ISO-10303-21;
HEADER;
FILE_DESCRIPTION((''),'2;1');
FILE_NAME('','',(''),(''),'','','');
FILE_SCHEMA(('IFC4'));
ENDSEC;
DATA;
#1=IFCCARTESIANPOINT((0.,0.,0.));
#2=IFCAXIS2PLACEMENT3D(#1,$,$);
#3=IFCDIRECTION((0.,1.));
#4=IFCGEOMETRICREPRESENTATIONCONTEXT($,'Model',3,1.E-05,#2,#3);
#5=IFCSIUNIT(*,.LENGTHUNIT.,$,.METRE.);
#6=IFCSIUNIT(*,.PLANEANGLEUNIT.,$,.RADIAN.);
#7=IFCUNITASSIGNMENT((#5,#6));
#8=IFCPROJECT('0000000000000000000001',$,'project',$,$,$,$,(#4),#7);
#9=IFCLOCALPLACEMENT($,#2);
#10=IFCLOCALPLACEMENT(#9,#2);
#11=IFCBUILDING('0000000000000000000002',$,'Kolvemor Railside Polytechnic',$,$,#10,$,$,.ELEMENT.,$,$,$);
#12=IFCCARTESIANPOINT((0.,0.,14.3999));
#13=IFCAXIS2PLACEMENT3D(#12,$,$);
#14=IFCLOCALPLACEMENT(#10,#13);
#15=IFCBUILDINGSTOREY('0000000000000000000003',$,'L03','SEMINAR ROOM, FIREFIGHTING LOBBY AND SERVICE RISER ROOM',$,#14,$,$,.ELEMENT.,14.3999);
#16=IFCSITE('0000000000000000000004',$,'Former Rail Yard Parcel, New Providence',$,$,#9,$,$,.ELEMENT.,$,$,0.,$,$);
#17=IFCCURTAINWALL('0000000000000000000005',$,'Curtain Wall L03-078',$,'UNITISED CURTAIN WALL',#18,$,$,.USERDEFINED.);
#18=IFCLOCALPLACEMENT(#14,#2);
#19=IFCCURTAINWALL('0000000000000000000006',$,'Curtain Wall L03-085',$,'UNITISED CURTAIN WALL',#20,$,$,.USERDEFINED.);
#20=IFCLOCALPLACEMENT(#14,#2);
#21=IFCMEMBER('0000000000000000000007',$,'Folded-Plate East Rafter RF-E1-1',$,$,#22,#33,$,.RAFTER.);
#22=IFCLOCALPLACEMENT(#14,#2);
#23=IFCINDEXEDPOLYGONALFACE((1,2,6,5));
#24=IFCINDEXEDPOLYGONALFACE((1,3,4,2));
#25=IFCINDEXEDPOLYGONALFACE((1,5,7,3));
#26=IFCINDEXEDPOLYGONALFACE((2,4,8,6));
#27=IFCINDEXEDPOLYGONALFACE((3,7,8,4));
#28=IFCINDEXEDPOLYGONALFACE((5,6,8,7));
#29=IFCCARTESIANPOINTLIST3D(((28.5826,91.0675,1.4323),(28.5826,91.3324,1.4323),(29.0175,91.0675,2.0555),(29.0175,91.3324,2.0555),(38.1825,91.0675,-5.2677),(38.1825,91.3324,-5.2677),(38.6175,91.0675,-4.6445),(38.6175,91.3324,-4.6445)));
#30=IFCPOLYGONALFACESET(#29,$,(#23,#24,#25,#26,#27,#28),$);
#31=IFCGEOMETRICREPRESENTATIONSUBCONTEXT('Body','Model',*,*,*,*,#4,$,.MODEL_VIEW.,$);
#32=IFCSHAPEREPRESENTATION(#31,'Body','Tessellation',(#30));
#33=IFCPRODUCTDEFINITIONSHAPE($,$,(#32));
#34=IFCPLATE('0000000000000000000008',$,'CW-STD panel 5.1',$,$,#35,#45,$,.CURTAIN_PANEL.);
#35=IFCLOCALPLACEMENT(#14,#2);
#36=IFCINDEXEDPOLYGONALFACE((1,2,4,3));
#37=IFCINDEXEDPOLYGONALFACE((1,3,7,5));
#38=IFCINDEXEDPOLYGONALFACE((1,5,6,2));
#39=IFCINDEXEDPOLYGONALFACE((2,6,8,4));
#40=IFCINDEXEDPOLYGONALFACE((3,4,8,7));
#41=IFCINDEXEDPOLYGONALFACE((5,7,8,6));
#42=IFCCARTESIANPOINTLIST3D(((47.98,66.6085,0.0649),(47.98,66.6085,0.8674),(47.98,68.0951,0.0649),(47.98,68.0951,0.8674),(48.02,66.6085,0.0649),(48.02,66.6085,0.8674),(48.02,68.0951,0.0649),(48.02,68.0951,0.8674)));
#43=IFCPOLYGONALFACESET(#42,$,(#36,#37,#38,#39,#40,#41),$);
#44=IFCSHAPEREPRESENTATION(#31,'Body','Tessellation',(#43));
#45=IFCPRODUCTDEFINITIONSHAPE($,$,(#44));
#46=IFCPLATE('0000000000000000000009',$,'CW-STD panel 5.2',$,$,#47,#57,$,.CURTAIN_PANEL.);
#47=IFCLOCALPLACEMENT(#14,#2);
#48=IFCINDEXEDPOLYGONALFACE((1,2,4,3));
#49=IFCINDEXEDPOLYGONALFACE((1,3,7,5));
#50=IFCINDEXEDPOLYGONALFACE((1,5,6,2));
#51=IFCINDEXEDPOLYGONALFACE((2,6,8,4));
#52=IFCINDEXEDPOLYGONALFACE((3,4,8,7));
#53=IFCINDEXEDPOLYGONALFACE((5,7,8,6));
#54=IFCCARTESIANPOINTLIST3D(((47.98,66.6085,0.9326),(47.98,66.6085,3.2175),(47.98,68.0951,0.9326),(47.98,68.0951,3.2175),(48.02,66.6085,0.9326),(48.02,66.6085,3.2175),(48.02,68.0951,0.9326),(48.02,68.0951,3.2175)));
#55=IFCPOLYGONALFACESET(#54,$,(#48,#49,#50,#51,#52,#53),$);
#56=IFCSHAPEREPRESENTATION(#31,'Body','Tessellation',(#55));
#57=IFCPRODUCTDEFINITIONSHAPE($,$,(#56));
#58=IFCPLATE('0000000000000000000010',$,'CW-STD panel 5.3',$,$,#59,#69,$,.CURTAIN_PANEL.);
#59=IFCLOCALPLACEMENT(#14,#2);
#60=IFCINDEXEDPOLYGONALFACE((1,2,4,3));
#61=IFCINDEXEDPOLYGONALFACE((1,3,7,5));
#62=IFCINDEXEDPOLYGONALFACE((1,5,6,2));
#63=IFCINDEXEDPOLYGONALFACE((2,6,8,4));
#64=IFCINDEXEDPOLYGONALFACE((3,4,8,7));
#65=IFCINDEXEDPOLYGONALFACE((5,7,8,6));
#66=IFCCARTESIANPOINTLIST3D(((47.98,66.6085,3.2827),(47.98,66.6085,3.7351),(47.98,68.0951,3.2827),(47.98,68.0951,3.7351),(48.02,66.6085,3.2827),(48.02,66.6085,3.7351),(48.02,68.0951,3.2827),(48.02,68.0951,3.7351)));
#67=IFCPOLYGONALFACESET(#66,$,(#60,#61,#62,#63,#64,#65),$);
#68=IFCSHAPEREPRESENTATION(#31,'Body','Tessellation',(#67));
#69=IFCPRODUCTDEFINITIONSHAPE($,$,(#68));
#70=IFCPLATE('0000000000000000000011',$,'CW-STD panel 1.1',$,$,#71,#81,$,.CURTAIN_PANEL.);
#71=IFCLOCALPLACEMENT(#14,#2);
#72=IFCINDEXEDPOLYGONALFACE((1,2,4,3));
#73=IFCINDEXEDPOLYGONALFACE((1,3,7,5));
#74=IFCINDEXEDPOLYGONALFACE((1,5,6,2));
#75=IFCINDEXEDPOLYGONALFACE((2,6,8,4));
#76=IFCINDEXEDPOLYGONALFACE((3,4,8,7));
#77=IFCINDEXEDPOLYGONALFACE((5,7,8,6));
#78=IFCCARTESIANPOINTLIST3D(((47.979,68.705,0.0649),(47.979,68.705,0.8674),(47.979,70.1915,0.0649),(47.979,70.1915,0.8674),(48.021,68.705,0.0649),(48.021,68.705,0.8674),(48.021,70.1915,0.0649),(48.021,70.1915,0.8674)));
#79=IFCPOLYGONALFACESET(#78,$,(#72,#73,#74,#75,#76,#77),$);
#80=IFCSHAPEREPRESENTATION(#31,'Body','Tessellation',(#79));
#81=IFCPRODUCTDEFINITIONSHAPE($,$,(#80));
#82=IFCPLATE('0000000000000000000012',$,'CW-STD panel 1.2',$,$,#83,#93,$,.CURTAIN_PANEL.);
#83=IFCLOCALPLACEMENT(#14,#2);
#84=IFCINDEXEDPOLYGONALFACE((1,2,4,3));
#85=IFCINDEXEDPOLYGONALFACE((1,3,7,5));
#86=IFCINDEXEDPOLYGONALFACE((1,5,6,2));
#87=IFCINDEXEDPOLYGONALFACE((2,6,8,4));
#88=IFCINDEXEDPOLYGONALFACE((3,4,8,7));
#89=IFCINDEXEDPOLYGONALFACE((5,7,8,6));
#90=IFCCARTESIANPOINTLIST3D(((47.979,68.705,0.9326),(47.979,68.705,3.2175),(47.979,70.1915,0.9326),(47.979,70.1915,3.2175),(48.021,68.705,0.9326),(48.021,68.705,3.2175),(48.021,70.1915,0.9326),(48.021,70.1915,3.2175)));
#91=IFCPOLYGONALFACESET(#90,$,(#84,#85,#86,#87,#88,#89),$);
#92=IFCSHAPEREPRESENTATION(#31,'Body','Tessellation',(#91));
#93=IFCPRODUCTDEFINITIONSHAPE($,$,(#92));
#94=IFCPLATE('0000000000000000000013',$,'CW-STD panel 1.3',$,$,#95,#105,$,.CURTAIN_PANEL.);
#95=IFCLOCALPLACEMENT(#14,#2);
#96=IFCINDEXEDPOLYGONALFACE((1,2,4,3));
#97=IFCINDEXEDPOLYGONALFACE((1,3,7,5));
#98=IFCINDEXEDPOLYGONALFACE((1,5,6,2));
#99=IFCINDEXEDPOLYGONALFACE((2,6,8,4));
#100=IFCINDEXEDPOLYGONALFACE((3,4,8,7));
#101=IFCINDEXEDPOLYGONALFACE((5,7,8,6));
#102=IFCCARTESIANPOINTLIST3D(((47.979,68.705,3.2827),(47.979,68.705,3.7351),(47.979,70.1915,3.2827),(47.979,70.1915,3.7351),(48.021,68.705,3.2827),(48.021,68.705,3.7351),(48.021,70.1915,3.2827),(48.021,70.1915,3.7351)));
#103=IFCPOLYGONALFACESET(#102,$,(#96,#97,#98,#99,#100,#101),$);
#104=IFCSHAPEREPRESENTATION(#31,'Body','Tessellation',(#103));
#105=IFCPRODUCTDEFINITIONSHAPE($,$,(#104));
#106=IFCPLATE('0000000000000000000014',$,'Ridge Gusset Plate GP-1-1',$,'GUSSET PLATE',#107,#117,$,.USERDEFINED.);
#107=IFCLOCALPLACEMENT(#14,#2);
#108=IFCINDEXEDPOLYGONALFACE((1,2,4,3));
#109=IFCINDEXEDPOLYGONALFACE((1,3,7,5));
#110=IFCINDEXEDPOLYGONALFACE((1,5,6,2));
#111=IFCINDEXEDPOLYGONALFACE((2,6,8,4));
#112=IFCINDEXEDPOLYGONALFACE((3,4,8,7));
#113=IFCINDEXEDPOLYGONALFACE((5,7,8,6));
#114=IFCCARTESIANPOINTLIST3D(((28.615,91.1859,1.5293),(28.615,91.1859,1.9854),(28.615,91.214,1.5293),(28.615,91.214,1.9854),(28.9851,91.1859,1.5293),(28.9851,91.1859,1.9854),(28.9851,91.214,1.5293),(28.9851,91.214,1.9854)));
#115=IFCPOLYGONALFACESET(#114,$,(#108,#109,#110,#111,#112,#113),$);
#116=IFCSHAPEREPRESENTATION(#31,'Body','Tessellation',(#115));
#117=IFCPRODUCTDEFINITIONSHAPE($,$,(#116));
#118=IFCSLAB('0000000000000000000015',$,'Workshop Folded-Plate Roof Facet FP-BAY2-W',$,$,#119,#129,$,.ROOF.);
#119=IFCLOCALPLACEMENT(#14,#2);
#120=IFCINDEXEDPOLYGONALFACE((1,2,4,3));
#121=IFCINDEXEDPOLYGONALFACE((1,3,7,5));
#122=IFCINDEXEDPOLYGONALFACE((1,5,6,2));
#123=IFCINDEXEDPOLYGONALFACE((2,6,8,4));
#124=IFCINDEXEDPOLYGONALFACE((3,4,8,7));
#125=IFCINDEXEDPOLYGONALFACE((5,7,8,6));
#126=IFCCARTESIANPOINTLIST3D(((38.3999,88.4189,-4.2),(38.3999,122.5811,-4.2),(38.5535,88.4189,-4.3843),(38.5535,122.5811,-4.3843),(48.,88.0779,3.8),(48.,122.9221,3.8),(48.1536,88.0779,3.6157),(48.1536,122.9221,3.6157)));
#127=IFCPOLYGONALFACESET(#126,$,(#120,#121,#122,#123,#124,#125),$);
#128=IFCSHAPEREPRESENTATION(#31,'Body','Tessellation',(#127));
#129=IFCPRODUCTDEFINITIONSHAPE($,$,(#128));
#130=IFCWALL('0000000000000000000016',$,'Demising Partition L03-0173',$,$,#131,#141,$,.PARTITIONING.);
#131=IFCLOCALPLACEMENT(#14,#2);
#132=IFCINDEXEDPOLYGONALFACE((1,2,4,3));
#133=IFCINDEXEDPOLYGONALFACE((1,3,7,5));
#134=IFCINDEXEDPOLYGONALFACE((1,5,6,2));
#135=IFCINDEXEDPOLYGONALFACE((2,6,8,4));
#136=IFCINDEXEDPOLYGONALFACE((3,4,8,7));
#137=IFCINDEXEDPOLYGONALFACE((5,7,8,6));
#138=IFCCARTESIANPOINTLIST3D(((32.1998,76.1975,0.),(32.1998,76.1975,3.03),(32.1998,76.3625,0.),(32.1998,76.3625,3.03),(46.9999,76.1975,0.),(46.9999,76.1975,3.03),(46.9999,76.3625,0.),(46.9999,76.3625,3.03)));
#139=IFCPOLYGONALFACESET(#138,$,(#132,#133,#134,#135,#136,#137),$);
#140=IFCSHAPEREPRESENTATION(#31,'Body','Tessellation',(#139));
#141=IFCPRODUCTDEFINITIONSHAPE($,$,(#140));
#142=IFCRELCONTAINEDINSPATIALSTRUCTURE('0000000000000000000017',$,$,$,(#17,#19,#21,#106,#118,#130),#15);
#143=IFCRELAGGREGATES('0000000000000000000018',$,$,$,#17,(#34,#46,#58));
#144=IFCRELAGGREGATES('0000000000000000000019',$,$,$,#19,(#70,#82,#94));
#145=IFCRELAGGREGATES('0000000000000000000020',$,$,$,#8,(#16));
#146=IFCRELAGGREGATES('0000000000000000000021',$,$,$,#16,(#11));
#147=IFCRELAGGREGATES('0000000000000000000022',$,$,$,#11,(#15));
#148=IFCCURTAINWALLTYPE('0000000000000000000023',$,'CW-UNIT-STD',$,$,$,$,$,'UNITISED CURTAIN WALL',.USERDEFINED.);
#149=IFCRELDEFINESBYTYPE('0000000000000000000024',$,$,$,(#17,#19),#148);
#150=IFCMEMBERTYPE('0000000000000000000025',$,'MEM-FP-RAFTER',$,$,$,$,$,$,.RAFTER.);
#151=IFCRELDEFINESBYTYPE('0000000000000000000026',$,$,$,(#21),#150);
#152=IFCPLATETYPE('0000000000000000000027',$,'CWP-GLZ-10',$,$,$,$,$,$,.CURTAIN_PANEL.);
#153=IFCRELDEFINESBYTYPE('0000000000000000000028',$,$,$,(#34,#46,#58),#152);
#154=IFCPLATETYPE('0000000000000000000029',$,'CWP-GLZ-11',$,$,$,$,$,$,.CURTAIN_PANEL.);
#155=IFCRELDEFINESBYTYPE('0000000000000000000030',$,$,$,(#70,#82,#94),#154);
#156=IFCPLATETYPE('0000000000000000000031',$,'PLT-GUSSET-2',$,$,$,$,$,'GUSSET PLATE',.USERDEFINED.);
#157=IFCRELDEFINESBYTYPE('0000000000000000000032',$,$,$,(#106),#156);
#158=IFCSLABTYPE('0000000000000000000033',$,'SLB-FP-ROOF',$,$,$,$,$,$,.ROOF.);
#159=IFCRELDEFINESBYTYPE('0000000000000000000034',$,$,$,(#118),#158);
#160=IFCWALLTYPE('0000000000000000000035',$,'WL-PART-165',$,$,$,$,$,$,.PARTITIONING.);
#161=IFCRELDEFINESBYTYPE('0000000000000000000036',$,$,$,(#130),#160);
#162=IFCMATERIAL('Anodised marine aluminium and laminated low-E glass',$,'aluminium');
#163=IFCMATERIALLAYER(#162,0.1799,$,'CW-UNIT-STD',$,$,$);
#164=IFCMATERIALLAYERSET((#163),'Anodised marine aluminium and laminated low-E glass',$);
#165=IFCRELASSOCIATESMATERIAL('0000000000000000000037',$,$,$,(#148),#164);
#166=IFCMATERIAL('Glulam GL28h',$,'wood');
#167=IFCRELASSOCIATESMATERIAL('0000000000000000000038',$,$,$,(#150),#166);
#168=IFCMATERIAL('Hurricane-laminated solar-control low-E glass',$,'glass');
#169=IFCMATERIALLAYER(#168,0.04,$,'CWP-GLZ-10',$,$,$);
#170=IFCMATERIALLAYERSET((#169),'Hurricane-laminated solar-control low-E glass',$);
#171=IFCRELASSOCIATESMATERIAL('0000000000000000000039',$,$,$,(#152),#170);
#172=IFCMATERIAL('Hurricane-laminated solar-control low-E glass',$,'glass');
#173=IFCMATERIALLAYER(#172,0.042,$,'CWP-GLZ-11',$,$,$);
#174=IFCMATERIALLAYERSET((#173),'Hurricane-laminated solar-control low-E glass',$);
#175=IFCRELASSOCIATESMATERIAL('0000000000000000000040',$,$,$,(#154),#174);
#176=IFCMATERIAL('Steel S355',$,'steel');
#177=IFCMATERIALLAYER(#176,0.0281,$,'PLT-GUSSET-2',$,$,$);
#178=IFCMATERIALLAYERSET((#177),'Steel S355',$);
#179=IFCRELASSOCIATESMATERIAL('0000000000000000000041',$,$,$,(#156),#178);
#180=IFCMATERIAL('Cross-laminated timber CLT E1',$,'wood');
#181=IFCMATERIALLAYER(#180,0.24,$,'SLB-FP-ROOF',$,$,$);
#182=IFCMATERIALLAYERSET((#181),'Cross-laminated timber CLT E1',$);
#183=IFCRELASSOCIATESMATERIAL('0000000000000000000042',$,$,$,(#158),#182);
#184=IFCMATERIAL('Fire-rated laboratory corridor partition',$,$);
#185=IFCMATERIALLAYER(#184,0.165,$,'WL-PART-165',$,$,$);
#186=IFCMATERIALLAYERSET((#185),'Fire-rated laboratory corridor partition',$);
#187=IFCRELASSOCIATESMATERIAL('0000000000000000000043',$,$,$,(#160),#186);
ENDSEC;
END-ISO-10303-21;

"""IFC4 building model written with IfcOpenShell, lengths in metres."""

from ifc_helpers import new_model, si_unit, direction, frame, frame_2d, origin, origin_2d, place, context, subcontext, project, spatial, polyline, rectangle, outline, extrude, material, layer, layer_set, material_profile, profile_set, type_object, element, aggregate, save


model = new_model("IFC4")

# Units and contexts
model_context = context("Model", 3, precision=1e-05, world=origin(), true_north=direction((0.0, 1.0)))
body_context = subcontext(model_context, "Body", "Model", "MODEL_VIEW")
ifc_project = project(units=[si_unit("LENGTHUNIT", "METRE"), si_unit("PLANEANGLEUNIT", "RADIAN")], contexts=[model_context])

# Site, building, storey
site_placement = place(None, origin())
site = spatial("IfcSite", under=ifc_project, at=site_placement, Name="Former Rail Yard Parcel, New Providence", CompositionType="ELEMENT", RefElevation=0.0)
building_placement = place(site_placement, origin())
building = spatial("IfcBuilding", under=site, at=building_placement, Name="Kolvemor Railside Polytechnic", CompositionType="ELEMENT")
storey_placement = place(building_placement, frame((0.0, 0.0, 14.3999)))
storey = spatial("IfcBuildingStorey", under=building, at=storey_placement, Name="L03", Description="SEMINAR ROOM, FIREFIGHTING LOBBY AND SERVICE RISER ROOM", CompositionType="ELEMENT", Elevation=14.3999)

# Curtain walls
ifc_material_1 = material(Name="Anodised marine aluminium and laminated low-E glass", Category="aluminium")
ifc_layer_1 = layer(ifc_material_1, 0.1799, Name="CW-UNIT-STD")
ifc_layer_set_1 = layer_set([ifc_layer_1], Name="Anodised marine aluminium and laminated low-E glass")
curtain_wall_type = type_object("IfcCurtainWallType", Name="CW-UNIT-STD", ElementType="UNITISED CURTAIN WALL", PredefinedType="USERDEFINED", material=ifc_layer_set_1)
curtain_wall_1_placement = place(storey_placement, origin())
curtain_wall_1 = element("IfcCurtainWall", 1, at=curtain_wall_1_placement, inside=storey, type_object=curtain_wall_type, Name="Curtain Wall L03-078", ObjectType="UNITISED CURTAIN WALL", PredefinedType="USERDEFINED")
curtain_wall_2_placement = place(storey_placement, origin())
curtain_wall_2 = element("IfcCurtainWall", 2, at=curtain_wall_2_placement, inside=storey, type_object=curtain_wall_type, Name="Curtain Wall L03-085", ObjectType="UNITISED CURTAIN WALL", PredefinedType="USERDEFINED")

# Member
ifc_material_2 = material(Name="Glulam GL28h", Category="wood")
ifc_material_profile_1 = material_profile(ifc_material_2, rectangle(XDim=0.2649, YDim=0.76, at=origin_2d()), Name="GL265x760")
ifc_profile_set_1 = profile_set([ifc_material_profile_1], Name="Glulam GL28h")
member_type_1 = type_object("IfcMemberType", Name="MEM-FP-RAFTER", PredefinedType="RAFTER", material=ifc_profile_set_1)
member_1_placement = place(storey_placement, frame((28.8, 91.2, 1.7439), z_axis=(0.820032, 0.0, -0.572318), x_axis=(0.0, 1.0, 0.0)))
element("IfcMember", 3, at=member_1_placement, inside=storey, type_object=member_type_1, Name="Folded-Plate East Rafter RF-E1-1", PredefinedType="RAFTER", context=body_context, shape_type="SweptSolid", body=[
    extrude(rectangle(XDim=0.2649, YDim=0.76, at=origin_2d()), origin(), (0.0, 0.0, 1.0), 11.7068),
])

# Plates
ifc_material_3 = material(Name="Hurricane-laminated solar-control low-E glass", Category="glass")
ifc_layer_2 = layer(ifc_material_3, 0.04, Name="CWP-GLZ-10")
ifc_layer_set_2 = layer_set([ifc_layer_2], Name="Hurricane-laminated solar-control low-E glass")
plate_type_1 = type_object("IfcPlateType", Name="CWP-GLZ-10", PredefinedType="CURTAIN_PANEL", material=ifc_layer_set_2)
plate_1_placement = place(storey_placement, frame((48.0, 67.3518, 0.0649), z_axis=(0.0, 0.0, 1.0), x_axis=(0.0, 1.0, 0.0)))
plate_1 = element("IfcPlate", 4, at=plate_1_placement, type_object=plate_type_1, Name="CW-STD panel 5.1", PredefinedType="CURTAIN_PANEL", context=body_context, shape_type="SweptSolid", body=[
    extrude(rectangle(XDim=1.4866, YDim=0.04, at=origin_2d()), origin(), (0.0, 0.0, 1.0), 0.8025),
])
plate_2_placement = place(storey_placement, frame((48.0, 67.3518, 0.9326), z_axis=(0.0, 0.0, 1.0), x_axis=(0.0, 1.0, 0.0)))
plate_2 = element("IfcPlate", 5, at=plate_2_placement, type_object=plate_type_1, Name="CW-STD panel 5.2", PredefinedType="CURTAIN_PANEL", context=body_context, shape_type="SweptSolid", body=[
    extrude(rectangle(XDim=1.4866, YDim=0.04, at=origin_2d()), origin(), (0.0, 0.0, 1.0), 2.2849),
])
plate_3_placement = place(storey_placement, frame((48.0, 67.3518, 3.2827), z_axis=(0.0, 0.0, 1.0), x_axis=(0.0, 1.0, 0.0)))
plate_3 = element("IfcPlate", 6, at=plate_3_placement, type_object=plate_type_1, Name="CW-STD panel 5.3", PredefinedType="CURTAIN_PANEL", context=body_context, shape_type="SweptSolid", body=[
    extrude(rectangle(XDim=1.4866, YDim=0.04, at=origin_2d()), origin(), (0.0, 0.0, 1.0), 0.4524),
])
aggregate(curtain_wall_1, [plate_1, plate_2, plate_3])
ifc_material_4 = material(Name="Hurricane-laminated solar-control low-E glass", Category="glass")
ifc_layer_3 = layer(ifc_material_4, 0.042, Name="CWP-GLZ-11")
ifc_layer_set_3 = layer_set([ifc_layer_3], Name="Hurricane-laminated solar-control low-E glass")
plate_type_2 = type_object("IfcPlateType", Name="CWP-GLZ-11", PredefinedType="CURTAIN_PANEL", material=ifc_layer_set_3)
plate_4_placement = place(storey_placement, frame((48.0, 69.4482, 0.0649), z_axis=(0.0, 0.0, 1.0), x_axis=(0.0, 1.0, 0.0)))
plate_4 = element("IfcPlate", 7, at=plate_4_placement, type_object=plate_type_2, Name="CW-STD panel 1.1", PredefinedType="CURTAIN_PANEL", context=body_context, shape_type="SweptSolid", body=[
    extrude(rectangle(XDim=1.4866, YDim=0.042, at=origin_2d()), origin(), (0.0, 0.0, 1.0), 0.8025),
])
plate_5_placement = place(storey_placement, frame((48.0, 69.4482, 0.9326), z_axis=(0.0, 0.0, 1.0), x_axis=(0.0, 1.0, 0.0)))
plate_5 = element("IfcPlate", 8, at=plate_5_placement, type_object=plate_type_2, Name="CW-STD panel 1.2", PredefinedType="CURTAIN_PANEL", context=body_context, shape_type="SweptSolid", body=[
    extrude(rectangle(XDim=1.4866, YDim=0.042, at=origin_2d()), origin(), (0.0, 0.0, 1.0), 2.2849),
])
plate_6_placement = place(storey_placement, frame((48.0, 69.4482, 3.2827), z_axis=(0.0, 0.0, 1.0), x_axis=(0.0, 1.0, 0.0)))
plate_6 = element("IfcPlate", 9, at=plate_6_placement, type_object=plate_type_2, Name="CW-STD panel 1.3", PredefinedType="CURTAIN_PANEL", context=body_context, shape_type="SweptSolid", body=[
    extrude(rectangle(XDim=1.4866, YDim=0.042, at=origin_2d()), origin(), (0.0, 0.0, 1.0), 0.4524),
])
aggregate(curtain_wall_2, [plate_4, plate_5, plate_6])
ifc_material_5 = material(Name="Steel S355", Category="steel")
ifc_layer_4 = layer(ifc_material_5, 0.0281, Name="PLT-GUSSET-2")
ifc_layer_set_4 = layer_set([ifc_layer_4], Name="Steel S355")
plate_type_3 = type_object("IfcPlateType", Name="PLT-GUSSET-2", ElementType="GUSSET PLATE", PredefinedType="USERDEFINED", material=ifc_layer_set_4)
plate_7_placement = place(storey_placement, frame((28.8, 91.2, 1.5293), z_axis=(0.0, 0.0, 1.0), x_axis=(1.0, 0.0, 0.0)))
element("IfcPlate", 10, at=plate_7_placement, inside=storey, type_object=plate_type_3, Name="Ridge Gusset Plate GP-1-1", ObjectType="GUSSET PLATE", PredefinedType="USERDEFINED", context=body_context, shape_type="SweptSolid", body=[
    extrude(rectangle(XDim=0.3701, YDim=0.0281, at=origin_2d()), origin(), (0.0, 0.0, 1.0), 0.4561),
])

# Slab
ifc_material_6 = material(Name="Cross-laminated timber CLT E1", Category="wood")
ifc_layer_5 = layer(ifc_material_6, 0.24, Name="SLB-FP-ROOF")
ifc_layer_set_5 = layer_set([ifc_layer_5], Name="Cross-laminated timber CLT E1")
slab_type = type_object("IfcSlabType", Name="SLB-FP-ROOF", PredefinedType="ROOF", material=ifc_layer_set_5)
slab_placement = place(storey_placement, frame((38.3999, 88.4189, -4.2), z_axis=(-0.640181, 0.0, 0.768224), x_axis=(0.767939, -0.027283, 0.639942)))
element("IfcSlab", 11, at=slab_placement, inside=storey, type_object=slab_type, Name="Workshop Folded-Plate Roof Facet FP-BAY2-W", PredefinedType="ROOF", context=body_context, shape_type="SweptSolid", body=[
    extrude(outline(polyline([(0.0, 0.0), (12.5011, 0.0), (11.5505, 34.8313), (-0.932, 34.1494), (0.0, 0.0)])), origin(), (0.0, 0.0, -1.0), 0.24),
])

# Wall
ifc_material_7 = material(Name="Fire-rated laboratory corridor partition")
ifc_layer_6 = layer(ifc_material_7, 0.165, Name="WL-PART-165")
ifc_layer_set_6 = layer_set([ifc_layer_6], Name="Fire-rated laboratory corridor partition")
wall_type = type_object("IfcWallType", Name="WL-PART-165", PredefinedType="PARTITIONING", material=ifc_layer_set_6)
wall_placement = place(storey_placement, frame((32.2, 76.28, 0.0), z_axis=(0.0, 0.0, 1.0), x_axis=(1.0, 0.0, 0.0)))
element("IfcWall", 12, at=wall_placement, inside=storey, type_object=wall_type, Name="Demising Partition L03-0173", PredefinedType="PARTITIONING", context=body_context, shape_type="SweptSolid", body=[
    extrude(rectangle(XDim=14.8, YDim=0.165, at=frame_2d((7.3999, 0.0))), origin(), (0.0, 0.0, 1.0), 3.03),
])

save(model, "model.ifc")
